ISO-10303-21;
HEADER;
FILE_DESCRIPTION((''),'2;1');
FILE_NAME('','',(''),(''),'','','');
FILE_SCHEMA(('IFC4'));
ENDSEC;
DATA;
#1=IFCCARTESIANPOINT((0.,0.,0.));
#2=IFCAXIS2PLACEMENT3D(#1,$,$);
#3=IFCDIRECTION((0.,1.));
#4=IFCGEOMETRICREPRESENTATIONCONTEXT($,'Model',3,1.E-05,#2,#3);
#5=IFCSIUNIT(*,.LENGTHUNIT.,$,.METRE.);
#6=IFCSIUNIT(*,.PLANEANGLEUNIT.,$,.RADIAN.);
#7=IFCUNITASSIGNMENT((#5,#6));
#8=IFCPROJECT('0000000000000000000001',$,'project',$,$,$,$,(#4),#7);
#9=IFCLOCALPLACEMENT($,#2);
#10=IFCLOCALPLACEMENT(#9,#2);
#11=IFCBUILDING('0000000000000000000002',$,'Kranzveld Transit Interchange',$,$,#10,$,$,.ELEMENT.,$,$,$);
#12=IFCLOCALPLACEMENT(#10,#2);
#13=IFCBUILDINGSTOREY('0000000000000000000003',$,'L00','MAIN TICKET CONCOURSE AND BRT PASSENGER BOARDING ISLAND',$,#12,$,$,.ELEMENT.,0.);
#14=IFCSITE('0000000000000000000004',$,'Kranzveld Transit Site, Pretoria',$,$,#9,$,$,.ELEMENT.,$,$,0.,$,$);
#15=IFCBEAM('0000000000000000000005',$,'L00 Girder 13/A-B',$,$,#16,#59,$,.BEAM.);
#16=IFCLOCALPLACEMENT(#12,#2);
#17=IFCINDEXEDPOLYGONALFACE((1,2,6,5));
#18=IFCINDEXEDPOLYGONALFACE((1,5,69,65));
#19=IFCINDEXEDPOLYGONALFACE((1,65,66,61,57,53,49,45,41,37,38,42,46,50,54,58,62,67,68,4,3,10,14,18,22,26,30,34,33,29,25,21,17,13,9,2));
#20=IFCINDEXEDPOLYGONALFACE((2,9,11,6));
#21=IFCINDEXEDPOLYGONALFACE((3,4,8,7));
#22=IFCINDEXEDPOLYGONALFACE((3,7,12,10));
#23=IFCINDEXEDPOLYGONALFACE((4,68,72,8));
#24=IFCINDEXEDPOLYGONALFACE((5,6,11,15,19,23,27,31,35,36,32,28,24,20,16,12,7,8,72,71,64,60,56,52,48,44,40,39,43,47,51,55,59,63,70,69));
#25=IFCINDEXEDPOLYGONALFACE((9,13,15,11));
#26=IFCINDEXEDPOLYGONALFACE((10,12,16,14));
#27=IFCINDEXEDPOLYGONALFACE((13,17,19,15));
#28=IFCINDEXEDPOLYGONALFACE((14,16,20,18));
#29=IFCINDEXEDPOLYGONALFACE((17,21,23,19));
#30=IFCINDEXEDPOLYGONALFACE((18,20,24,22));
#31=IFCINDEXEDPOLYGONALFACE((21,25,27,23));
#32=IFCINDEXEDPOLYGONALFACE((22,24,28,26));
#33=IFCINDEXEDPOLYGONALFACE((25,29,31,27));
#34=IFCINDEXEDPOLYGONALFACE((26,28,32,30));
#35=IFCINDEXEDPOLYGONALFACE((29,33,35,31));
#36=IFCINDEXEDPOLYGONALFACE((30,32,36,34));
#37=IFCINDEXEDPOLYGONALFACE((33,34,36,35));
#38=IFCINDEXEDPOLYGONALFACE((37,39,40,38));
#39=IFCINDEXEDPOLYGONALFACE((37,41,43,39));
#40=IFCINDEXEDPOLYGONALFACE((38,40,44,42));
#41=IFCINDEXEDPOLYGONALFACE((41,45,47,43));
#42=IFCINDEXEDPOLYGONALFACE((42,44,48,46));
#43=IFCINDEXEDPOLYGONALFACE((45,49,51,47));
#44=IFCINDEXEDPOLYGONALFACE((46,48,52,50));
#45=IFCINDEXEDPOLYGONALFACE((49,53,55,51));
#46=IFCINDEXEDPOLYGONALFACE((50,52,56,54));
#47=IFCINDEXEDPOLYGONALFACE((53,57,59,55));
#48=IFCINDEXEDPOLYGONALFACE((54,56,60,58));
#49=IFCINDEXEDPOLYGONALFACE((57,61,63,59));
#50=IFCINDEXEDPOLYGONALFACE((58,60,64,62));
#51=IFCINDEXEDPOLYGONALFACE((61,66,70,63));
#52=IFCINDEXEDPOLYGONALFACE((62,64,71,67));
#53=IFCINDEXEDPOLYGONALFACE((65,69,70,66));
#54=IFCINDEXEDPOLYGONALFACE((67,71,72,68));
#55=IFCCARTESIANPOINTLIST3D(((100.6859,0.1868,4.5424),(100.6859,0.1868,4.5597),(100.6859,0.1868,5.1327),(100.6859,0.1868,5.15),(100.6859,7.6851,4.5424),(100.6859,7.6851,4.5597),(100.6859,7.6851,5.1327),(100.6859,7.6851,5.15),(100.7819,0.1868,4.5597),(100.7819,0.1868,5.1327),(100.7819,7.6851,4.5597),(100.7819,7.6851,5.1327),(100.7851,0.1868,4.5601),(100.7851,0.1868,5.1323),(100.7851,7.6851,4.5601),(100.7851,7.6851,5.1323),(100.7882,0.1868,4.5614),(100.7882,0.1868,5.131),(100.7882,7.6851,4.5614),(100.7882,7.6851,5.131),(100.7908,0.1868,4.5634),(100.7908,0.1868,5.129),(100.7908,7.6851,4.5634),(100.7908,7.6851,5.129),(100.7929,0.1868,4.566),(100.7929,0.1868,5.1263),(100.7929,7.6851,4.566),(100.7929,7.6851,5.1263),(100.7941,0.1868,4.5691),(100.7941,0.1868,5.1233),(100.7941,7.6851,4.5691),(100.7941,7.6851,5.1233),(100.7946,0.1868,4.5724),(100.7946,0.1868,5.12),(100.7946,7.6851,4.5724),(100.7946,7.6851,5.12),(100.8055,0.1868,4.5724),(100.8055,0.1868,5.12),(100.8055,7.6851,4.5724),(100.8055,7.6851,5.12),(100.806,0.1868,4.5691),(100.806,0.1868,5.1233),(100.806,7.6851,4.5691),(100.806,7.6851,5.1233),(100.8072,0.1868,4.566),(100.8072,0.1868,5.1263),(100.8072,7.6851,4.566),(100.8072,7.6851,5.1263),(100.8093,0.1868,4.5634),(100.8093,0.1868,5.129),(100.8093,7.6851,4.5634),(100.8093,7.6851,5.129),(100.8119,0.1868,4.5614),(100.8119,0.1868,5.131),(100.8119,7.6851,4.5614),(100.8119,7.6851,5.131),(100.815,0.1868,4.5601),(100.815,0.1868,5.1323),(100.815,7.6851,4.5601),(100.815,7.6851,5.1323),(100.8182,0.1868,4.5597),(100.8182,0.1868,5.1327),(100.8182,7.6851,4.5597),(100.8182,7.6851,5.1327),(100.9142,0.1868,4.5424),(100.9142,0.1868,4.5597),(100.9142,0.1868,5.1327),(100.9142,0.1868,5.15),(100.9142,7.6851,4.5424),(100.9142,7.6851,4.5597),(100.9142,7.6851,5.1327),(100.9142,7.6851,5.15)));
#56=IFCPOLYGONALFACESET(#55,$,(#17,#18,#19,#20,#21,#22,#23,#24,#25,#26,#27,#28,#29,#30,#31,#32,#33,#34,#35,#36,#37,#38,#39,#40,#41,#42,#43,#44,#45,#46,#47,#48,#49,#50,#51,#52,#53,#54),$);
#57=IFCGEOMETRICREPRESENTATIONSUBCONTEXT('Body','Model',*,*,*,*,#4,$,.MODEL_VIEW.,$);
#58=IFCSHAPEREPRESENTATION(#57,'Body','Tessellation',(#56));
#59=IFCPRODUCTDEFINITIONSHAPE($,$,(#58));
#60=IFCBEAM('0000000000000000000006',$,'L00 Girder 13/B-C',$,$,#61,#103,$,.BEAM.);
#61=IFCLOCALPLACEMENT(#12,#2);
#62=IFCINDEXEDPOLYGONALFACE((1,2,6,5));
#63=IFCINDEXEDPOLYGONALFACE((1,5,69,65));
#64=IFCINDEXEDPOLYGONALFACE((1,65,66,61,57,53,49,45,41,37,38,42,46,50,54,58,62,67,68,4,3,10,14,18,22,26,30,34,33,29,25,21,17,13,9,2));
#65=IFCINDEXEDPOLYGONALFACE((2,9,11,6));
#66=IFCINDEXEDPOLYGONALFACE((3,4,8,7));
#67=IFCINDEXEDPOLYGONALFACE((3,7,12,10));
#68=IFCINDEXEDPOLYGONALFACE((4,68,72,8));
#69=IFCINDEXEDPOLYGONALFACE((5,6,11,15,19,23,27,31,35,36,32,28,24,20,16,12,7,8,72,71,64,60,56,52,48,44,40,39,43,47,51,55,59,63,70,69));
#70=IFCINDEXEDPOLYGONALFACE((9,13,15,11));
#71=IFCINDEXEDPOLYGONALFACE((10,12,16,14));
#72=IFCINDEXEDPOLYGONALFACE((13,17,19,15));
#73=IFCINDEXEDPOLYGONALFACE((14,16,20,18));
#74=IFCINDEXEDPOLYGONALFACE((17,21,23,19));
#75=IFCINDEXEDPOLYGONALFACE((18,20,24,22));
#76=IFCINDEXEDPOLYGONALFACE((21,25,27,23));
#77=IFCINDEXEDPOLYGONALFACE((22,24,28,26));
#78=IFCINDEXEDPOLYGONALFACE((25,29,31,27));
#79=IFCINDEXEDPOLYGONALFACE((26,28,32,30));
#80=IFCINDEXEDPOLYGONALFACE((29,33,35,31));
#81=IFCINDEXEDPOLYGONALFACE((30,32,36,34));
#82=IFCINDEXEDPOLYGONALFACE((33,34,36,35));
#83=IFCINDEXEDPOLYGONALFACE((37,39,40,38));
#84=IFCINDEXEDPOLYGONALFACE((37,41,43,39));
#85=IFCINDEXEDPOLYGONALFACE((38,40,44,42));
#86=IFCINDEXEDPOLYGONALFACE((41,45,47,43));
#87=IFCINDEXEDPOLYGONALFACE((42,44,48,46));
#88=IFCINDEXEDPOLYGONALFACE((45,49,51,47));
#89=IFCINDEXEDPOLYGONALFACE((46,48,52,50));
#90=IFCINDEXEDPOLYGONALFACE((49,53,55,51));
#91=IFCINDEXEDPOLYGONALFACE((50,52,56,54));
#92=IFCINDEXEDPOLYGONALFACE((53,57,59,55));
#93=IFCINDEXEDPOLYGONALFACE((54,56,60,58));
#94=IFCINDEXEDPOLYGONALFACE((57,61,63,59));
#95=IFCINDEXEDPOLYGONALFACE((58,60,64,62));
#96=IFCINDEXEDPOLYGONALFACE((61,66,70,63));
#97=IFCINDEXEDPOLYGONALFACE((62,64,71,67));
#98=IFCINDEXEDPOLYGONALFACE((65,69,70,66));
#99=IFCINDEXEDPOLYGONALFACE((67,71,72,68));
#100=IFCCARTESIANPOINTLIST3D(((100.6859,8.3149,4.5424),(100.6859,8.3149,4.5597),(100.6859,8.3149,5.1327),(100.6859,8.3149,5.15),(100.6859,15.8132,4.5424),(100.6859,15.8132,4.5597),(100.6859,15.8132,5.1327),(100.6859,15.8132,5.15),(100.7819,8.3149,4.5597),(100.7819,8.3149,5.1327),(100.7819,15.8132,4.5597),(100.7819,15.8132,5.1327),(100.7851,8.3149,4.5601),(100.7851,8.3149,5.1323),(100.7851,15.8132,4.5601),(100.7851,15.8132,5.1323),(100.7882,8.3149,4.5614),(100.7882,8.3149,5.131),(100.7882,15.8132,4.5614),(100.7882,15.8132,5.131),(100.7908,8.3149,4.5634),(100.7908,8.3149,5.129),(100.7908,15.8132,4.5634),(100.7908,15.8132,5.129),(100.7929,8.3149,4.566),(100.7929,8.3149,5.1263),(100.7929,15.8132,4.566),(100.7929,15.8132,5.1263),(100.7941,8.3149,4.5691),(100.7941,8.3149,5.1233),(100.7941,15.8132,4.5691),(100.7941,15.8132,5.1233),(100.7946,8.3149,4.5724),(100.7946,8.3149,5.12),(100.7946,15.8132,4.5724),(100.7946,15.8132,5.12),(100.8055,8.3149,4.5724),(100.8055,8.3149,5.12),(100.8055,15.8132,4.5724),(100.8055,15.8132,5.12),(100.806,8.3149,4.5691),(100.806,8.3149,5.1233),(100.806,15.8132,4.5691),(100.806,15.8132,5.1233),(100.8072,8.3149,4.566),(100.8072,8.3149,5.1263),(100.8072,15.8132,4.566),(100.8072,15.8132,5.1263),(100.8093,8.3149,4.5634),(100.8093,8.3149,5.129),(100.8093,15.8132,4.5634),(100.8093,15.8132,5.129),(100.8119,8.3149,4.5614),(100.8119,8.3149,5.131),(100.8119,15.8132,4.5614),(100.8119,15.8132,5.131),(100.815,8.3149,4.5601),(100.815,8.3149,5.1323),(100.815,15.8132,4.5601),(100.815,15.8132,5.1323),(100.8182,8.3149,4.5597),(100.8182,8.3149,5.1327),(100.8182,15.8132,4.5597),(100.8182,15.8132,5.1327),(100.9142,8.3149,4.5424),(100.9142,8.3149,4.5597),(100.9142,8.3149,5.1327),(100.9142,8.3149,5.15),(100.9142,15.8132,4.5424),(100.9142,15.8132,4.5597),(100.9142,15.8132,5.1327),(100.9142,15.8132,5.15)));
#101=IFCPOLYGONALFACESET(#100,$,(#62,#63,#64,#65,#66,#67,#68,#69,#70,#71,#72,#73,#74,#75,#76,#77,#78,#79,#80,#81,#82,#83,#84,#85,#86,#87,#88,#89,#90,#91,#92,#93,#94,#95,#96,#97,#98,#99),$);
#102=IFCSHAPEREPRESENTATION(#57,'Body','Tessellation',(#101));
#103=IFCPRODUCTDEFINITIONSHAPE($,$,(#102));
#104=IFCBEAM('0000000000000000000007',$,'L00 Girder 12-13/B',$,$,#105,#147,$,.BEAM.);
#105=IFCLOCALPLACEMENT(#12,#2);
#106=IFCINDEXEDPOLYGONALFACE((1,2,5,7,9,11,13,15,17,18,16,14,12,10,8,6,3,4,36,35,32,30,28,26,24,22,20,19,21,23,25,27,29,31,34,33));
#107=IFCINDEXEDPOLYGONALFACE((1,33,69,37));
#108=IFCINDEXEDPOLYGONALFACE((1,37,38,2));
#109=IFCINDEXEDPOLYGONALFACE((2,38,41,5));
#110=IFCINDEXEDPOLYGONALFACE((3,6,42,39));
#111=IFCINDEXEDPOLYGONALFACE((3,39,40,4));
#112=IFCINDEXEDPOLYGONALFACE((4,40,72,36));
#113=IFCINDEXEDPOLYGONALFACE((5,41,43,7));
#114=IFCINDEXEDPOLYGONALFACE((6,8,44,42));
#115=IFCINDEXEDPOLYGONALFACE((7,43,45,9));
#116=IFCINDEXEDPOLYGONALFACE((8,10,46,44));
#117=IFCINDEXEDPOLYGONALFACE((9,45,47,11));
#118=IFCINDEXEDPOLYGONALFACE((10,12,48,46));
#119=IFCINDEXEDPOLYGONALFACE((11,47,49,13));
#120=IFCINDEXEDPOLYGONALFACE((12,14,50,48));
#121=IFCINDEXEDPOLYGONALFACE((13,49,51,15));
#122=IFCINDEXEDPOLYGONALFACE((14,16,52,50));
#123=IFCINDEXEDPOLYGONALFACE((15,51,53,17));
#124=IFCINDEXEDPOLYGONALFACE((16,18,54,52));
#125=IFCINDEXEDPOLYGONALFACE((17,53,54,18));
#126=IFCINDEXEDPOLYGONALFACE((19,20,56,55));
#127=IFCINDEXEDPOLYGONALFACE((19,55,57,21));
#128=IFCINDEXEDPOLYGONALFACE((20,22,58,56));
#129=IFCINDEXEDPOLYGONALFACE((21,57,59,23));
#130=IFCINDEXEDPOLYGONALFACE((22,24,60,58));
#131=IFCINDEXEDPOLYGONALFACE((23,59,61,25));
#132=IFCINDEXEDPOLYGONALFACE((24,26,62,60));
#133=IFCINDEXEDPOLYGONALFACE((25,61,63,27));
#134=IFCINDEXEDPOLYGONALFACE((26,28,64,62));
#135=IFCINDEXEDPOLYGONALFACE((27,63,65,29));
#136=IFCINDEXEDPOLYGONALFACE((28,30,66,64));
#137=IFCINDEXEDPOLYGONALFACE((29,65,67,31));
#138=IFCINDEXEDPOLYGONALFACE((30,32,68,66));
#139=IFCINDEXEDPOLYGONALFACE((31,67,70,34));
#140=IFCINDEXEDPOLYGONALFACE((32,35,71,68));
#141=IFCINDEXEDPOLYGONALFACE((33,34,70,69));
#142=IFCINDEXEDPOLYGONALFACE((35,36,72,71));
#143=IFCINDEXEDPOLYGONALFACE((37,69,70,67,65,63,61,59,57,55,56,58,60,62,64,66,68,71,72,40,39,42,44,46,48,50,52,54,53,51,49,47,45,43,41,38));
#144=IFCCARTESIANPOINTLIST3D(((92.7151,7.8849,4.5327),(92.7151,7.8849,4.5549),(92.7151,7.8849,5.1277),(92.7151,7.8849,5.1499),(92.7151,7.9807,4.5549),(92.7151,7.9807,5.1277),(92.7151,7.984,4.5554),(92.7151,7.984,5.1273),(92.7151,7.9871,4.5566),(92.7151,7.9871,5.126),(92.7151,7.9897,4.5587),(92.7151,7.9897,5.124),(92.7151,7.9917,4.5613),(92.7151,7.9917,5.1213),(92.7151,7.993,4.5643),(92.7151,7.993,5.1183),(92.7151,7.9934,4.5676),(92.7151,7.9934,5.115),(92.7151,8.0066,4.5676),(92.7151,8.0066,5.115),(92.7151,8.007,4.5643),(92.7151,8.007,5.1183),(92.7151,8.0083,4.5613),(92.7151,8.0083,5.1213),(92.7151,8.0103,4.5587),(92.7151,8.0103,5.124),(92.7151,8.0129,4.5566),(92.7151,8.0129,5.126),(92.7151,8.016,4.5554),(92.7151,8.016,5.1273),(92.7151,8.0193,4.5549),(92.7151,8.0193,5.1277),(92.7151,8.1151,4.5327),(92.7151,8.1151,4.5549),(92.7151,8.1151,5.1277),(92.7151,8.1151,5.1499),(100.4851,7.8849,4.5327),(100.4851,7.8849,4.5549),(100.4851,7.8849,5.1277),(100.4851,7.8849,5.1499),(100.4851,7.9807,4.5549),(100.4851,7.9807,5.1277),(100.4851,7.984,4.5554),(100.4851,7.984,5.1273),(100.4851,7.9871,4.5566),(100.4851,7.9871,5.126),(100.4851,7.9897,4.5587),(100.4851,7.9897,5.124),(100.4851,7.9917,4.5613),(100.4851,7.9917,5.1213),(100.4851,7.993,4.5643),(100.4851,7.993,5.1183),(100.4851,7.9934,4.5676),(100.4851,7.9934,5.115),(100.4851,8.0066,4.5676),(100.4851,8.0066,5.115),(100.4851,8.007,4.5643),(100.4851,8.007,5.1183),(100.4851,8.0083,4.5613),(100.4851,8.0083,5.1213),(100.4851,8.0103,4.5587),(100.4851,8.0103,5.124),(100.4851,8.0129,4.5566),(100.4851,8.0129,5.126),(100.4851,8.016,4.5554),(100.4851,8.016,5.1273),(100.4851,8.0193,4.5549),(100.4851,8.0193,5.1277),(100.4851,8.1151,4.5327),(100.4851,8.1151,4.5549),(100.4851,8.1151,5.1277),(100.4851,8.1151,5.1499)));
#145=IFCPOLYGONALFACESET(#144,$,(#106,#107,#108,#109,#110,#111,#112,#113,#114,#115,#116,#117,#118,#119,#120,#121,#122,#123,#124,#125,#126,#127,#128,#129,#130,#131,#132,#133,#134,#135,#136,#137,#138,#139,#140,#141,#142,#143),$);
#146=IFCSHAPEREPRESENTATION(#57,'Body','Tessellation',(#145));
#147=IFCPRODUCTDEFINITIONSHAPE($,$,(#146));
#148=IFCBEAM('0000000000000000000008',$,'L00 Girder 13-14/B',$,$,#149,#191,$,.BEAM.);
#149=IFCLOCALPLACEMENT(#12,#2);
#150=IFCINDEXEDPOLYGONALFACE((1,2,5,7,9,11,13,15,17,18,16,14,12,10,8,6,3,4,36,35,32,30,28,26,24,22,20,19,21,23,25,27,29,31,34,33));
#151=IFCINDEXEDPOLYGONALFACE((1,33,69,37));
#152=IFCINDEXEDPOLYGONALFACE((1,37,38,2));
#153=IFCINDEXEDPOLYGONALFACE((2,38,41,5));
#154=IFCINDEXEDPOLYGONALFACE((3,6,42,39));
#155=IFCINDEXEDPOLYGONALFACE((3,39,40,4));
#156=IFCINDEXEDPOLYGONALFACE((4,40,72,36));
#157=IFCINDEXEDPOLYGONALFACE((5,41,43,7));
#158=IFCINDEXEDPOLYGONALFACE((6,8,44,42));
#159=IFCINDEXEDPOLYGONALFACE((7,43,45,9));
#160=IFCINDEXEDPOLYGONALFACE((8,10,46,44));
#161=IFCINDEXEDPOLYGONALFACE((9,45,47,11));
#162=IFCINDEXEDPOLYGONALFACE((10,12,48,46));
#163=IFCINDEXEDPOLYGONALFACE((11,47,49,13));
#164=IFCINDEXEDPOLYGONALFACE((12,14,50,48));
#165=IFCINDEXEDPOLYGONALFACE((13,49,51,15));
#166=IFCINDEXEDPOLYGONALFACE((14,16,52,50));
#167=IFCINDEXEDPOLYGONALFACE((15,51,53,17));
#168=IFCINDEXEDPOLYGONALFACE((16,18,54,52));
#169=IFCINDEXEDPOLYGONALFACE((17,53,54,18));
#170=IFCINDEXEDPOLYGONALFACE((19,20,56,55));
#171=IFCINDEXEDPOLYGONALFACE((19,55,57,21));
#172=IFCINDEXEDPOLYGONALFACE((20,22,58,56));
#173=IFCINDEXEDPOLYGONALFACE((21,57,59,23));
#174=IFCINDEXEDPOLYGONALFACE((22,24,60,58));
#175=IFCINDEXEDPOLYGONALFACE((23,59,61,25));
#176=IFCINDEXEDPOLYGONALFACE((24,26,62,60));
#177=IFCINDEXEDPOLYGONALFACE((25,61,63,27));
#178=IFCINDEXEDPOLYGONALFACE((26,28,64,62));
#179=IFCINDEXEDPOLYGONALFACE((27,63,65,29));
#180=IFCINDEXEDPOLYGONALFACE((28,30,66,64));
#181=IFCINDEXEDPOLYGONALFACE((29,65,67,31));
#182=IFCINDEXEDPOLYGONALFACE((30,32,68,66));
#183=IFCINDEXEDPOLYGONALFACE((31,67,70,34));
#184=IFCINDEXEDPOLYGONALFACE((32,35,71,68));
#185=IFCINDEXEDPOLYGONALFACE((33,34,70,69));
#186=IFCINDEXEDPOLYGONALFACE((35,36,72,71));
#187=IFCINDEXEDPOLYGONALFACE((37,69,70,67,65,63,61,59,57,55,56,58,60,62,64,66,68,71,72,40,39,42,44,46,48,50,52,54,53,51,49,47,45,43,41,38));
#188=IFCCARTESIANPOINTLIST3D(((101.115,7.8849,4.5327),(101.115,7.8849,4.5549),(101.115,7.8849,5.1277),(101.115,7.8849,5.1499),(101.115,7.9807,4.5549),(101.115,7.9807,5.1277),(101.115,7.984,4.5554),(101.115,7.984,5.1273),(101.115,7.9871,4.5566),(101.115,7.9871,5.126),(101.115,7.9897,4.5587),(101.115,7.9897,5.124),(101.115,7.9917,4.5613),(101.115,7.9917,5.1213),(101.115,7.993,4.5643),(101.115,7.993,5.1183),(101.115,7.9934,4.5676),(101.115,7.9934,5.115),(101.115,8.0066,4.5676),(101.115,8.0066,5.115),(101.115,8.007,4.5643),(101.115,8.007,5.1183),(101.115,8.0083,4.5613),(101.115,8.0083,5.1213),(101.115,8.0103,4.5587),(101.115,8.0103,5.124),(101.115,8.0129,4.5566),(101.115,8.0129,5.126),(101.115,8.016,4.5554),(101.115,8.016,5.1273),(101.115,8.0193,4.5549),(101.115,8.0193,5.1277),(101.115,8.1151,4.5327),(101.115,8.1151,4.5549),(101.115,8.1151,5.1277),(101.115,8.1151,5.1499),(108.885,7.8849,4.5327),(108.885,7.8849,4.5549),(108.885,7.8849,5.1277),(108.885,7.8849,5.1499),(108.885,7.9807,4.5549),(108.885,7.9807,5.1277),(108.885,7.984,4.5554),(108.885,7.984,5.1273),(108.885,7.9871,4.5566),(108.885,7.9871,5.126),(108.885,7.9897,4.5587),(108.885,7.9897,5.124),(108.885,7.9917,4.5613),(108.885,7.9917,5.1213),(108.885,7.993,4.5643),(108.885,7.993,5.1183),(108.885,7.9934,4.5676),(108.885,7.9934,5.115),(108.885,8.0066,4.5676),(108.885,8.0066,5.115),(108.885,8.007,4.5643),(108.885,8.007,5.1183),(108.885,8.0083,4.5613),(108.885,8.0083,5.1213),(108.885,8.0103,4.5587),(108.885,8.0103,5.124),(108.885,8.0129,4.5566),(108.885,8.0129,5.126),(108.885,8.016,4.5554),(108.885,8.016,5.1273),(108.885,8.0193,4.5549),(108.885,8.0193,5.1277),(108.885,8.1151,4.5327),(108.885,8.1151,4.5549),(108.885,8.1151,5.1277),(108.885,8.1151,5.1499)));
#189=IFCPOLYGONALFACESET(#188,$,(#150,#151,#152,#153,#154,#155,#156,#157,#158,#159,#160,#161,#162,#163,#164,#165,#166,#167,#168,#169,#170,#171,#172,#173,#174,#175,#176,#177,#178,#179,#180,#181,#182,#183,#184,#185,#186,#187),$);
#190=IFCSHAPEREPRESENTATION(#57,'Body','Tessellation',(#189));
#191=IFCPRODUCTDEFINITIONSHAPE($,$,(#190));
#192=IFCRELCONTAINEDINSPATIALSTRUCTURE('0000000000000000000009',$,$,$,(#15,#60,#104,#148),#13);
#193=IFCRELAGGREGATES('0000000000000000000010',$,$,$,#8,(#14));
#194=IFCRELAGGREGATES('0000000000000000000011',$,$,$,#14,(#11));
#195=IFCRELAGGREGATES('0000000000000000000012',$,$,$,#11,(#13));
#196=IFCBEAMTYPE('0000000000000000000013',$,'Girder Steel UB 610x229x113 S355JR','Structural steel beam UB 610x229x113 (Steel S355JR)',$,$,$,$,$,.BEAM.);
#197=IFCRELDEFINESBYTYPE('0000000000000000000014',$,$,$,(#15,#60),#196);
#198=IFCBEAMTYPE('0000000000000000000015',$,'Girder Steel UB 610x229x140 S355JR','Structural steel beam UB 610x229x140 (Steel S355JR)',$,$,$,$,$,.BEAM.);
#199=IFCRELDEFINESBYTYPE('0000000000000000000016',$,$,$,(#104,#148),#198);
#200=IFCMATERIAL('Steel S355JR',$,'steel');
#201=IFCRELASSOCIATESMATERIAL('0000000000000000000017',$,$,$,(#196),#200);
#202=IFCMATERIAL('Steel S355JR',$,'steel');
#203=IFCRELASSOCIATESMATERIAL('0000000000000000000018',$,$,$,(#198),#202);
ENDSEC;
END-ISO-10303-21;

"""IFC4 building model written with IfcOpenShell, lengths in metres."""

from ifc_helpers import new_model, si_unit, direction, frame, origin, origin_2d, place, context, subcontext, project, spatial, i_section, extrude, material, material_profile, profile_set, type_object, element, save


model = new_model("IFC4")

# Units and contexts
model_context = context("Model", 3, precision=1e-05, world=origin(), true_north=direction((0.0, 1.0)))
body_context = subcontext(model_context, "Body", "Model", "MODEL_VIEW")
ifc_project = project(units=[si_unit("LENGTHUNIT", "METRE"), si_unit("PLANEANGLEUNIT", "RADIAN")], contexts=[model_context])

# Site, building, storey
site_placement = place(None, origin())
site = spatial("IfcSite", under=ifc_project, at=site_placement, Name="Kranzveld Transit Site, Pretoria", CompositionType="ELEMENT", RefElevation=0.0)
building_placement = place(site_placement, origin())
building = spatial("IfcBuilding", under=site, at=building_placement, Name="Kranzveld Transit Interchange", CompositionType="ELEMENT")
storey_placement = place(building_placement, origin())
storey = spatial("IfcBuildingStorey", under=building, at=storey_placement, Name="L00", Description="MAIN TICKET CONCOURSE AND BRT PASSENGER BOARDING ISLAND", CompositionType="ELEMENT", Elevation=0.0)

# Beams
ifc_material_1 = material(Name="Steel S355JR", Category="steel")
ifc_material_profile_1 = material_profile(ifc_material_1, i_section(OverallWidth=0.2283, OverallDepth=0.6077, WebThickness=0.011, FlangeThickness=0.0173, FilletRadius=0.0127, at=origin_2d()), Name="UB 610x229x113")
ifc_profile_set_1 = profile_set([ifc_material_profile_1], Name="Steel S355JR")
beam_type_1 = type_object("IfcBeamType", Name="Girder Steel UB 610x229x113 S355JR", Description="Structural steel beam UB 610x229x113 (Steel S355JR)", PredefinedType="BEAM", material=ifc_profile_set_1)
for number, where, z_axis, x_axis, name in (
    (1, (100.8, 0.1868, 4.8462), (0.0, 1.0, 0.0), (-1.0, 0.0, 0.0), "L00 Girder 13/A-B"),
    (2, (100.8, 8.3149, 4.8462), (0.0, 1.0, 0.0), (-1.0, 0.0, 0.0), "L00 Girder 13/B-C"),
):
    element("IfcBeam", number, at=place(storey_placement, frame(where, z_axis=z_axis, x_axis=x_axis)), inside=storey, type_object=beam_type_1, Name=name, PredefinedType="BEAM", context=body_context, shape_type="SweptSolid", body=[
        extrude(i_section(OverallWidth=0.2283, OverallDepth=0.6077, WebThickness=0.011, FlangeThickness=0.0173, FilletRadius=0.0127, at=origin_2d()), origin(), (0.0, 0.0, 1.0), 7.4983),
    ])
ifc_material_2 = material(Name="Steel S355JR", Category="steel")
ifc_material_profile_2 = material_profile(ifc_material_2, i_section(OverallWidth=0.2302, OverallDepth=0.6172, WebThickness=0.0132, FlangeThickness=0.0222, FilletRadius=0.0127, at=origin_2d()), Name="UB 610x229x140")
ifc_profile_set_2 = profile_set([ifc_material_profile_2], Name="Steel S355JR")
beam_type_2 = type_object("IfcBeamType", Name="Girder Steel UB 610x229x140 S355JR", Description="Structural steel beam UB 610x229x140 (Steel S355JR)", PredefinedType="BEAM", material=ifc_profile_set_2)
for number, where, z_axis, x_axis, name in (
    (3, (92.7151, 8.0, 4.8413), (1.0, 0.0, 0.0), (0.0, 1.0, 0.0), "L00 Girder 12-13/B"),
    (4, (101.115, 8.0, 4.8413), (1.0, 0.0, 0.0), (0.0, 1.0, 0.0), "L00 Girder 13-14/B"),
):
    element("IfcBeam", number, at=place(storey_placement, frame(where, z_axis=z_axis, x_axis=x_axis)), inside=storey, type_object=beam_type_2, Name=name, PredefinedType="BEAM", context=body_context, shape_type="SweptSolid", body=[
        extrude(i_section(OverallWidth=0.2302, OverallDepth=0.6172, WebThickness=0.0132, FlangeThickness=0.0222, FilletRadius=0.0127, at=origin_2d()), origin(), (0.0, 0.0, 1.0), 7.77),
    ])

save(model, "model.ifc")
